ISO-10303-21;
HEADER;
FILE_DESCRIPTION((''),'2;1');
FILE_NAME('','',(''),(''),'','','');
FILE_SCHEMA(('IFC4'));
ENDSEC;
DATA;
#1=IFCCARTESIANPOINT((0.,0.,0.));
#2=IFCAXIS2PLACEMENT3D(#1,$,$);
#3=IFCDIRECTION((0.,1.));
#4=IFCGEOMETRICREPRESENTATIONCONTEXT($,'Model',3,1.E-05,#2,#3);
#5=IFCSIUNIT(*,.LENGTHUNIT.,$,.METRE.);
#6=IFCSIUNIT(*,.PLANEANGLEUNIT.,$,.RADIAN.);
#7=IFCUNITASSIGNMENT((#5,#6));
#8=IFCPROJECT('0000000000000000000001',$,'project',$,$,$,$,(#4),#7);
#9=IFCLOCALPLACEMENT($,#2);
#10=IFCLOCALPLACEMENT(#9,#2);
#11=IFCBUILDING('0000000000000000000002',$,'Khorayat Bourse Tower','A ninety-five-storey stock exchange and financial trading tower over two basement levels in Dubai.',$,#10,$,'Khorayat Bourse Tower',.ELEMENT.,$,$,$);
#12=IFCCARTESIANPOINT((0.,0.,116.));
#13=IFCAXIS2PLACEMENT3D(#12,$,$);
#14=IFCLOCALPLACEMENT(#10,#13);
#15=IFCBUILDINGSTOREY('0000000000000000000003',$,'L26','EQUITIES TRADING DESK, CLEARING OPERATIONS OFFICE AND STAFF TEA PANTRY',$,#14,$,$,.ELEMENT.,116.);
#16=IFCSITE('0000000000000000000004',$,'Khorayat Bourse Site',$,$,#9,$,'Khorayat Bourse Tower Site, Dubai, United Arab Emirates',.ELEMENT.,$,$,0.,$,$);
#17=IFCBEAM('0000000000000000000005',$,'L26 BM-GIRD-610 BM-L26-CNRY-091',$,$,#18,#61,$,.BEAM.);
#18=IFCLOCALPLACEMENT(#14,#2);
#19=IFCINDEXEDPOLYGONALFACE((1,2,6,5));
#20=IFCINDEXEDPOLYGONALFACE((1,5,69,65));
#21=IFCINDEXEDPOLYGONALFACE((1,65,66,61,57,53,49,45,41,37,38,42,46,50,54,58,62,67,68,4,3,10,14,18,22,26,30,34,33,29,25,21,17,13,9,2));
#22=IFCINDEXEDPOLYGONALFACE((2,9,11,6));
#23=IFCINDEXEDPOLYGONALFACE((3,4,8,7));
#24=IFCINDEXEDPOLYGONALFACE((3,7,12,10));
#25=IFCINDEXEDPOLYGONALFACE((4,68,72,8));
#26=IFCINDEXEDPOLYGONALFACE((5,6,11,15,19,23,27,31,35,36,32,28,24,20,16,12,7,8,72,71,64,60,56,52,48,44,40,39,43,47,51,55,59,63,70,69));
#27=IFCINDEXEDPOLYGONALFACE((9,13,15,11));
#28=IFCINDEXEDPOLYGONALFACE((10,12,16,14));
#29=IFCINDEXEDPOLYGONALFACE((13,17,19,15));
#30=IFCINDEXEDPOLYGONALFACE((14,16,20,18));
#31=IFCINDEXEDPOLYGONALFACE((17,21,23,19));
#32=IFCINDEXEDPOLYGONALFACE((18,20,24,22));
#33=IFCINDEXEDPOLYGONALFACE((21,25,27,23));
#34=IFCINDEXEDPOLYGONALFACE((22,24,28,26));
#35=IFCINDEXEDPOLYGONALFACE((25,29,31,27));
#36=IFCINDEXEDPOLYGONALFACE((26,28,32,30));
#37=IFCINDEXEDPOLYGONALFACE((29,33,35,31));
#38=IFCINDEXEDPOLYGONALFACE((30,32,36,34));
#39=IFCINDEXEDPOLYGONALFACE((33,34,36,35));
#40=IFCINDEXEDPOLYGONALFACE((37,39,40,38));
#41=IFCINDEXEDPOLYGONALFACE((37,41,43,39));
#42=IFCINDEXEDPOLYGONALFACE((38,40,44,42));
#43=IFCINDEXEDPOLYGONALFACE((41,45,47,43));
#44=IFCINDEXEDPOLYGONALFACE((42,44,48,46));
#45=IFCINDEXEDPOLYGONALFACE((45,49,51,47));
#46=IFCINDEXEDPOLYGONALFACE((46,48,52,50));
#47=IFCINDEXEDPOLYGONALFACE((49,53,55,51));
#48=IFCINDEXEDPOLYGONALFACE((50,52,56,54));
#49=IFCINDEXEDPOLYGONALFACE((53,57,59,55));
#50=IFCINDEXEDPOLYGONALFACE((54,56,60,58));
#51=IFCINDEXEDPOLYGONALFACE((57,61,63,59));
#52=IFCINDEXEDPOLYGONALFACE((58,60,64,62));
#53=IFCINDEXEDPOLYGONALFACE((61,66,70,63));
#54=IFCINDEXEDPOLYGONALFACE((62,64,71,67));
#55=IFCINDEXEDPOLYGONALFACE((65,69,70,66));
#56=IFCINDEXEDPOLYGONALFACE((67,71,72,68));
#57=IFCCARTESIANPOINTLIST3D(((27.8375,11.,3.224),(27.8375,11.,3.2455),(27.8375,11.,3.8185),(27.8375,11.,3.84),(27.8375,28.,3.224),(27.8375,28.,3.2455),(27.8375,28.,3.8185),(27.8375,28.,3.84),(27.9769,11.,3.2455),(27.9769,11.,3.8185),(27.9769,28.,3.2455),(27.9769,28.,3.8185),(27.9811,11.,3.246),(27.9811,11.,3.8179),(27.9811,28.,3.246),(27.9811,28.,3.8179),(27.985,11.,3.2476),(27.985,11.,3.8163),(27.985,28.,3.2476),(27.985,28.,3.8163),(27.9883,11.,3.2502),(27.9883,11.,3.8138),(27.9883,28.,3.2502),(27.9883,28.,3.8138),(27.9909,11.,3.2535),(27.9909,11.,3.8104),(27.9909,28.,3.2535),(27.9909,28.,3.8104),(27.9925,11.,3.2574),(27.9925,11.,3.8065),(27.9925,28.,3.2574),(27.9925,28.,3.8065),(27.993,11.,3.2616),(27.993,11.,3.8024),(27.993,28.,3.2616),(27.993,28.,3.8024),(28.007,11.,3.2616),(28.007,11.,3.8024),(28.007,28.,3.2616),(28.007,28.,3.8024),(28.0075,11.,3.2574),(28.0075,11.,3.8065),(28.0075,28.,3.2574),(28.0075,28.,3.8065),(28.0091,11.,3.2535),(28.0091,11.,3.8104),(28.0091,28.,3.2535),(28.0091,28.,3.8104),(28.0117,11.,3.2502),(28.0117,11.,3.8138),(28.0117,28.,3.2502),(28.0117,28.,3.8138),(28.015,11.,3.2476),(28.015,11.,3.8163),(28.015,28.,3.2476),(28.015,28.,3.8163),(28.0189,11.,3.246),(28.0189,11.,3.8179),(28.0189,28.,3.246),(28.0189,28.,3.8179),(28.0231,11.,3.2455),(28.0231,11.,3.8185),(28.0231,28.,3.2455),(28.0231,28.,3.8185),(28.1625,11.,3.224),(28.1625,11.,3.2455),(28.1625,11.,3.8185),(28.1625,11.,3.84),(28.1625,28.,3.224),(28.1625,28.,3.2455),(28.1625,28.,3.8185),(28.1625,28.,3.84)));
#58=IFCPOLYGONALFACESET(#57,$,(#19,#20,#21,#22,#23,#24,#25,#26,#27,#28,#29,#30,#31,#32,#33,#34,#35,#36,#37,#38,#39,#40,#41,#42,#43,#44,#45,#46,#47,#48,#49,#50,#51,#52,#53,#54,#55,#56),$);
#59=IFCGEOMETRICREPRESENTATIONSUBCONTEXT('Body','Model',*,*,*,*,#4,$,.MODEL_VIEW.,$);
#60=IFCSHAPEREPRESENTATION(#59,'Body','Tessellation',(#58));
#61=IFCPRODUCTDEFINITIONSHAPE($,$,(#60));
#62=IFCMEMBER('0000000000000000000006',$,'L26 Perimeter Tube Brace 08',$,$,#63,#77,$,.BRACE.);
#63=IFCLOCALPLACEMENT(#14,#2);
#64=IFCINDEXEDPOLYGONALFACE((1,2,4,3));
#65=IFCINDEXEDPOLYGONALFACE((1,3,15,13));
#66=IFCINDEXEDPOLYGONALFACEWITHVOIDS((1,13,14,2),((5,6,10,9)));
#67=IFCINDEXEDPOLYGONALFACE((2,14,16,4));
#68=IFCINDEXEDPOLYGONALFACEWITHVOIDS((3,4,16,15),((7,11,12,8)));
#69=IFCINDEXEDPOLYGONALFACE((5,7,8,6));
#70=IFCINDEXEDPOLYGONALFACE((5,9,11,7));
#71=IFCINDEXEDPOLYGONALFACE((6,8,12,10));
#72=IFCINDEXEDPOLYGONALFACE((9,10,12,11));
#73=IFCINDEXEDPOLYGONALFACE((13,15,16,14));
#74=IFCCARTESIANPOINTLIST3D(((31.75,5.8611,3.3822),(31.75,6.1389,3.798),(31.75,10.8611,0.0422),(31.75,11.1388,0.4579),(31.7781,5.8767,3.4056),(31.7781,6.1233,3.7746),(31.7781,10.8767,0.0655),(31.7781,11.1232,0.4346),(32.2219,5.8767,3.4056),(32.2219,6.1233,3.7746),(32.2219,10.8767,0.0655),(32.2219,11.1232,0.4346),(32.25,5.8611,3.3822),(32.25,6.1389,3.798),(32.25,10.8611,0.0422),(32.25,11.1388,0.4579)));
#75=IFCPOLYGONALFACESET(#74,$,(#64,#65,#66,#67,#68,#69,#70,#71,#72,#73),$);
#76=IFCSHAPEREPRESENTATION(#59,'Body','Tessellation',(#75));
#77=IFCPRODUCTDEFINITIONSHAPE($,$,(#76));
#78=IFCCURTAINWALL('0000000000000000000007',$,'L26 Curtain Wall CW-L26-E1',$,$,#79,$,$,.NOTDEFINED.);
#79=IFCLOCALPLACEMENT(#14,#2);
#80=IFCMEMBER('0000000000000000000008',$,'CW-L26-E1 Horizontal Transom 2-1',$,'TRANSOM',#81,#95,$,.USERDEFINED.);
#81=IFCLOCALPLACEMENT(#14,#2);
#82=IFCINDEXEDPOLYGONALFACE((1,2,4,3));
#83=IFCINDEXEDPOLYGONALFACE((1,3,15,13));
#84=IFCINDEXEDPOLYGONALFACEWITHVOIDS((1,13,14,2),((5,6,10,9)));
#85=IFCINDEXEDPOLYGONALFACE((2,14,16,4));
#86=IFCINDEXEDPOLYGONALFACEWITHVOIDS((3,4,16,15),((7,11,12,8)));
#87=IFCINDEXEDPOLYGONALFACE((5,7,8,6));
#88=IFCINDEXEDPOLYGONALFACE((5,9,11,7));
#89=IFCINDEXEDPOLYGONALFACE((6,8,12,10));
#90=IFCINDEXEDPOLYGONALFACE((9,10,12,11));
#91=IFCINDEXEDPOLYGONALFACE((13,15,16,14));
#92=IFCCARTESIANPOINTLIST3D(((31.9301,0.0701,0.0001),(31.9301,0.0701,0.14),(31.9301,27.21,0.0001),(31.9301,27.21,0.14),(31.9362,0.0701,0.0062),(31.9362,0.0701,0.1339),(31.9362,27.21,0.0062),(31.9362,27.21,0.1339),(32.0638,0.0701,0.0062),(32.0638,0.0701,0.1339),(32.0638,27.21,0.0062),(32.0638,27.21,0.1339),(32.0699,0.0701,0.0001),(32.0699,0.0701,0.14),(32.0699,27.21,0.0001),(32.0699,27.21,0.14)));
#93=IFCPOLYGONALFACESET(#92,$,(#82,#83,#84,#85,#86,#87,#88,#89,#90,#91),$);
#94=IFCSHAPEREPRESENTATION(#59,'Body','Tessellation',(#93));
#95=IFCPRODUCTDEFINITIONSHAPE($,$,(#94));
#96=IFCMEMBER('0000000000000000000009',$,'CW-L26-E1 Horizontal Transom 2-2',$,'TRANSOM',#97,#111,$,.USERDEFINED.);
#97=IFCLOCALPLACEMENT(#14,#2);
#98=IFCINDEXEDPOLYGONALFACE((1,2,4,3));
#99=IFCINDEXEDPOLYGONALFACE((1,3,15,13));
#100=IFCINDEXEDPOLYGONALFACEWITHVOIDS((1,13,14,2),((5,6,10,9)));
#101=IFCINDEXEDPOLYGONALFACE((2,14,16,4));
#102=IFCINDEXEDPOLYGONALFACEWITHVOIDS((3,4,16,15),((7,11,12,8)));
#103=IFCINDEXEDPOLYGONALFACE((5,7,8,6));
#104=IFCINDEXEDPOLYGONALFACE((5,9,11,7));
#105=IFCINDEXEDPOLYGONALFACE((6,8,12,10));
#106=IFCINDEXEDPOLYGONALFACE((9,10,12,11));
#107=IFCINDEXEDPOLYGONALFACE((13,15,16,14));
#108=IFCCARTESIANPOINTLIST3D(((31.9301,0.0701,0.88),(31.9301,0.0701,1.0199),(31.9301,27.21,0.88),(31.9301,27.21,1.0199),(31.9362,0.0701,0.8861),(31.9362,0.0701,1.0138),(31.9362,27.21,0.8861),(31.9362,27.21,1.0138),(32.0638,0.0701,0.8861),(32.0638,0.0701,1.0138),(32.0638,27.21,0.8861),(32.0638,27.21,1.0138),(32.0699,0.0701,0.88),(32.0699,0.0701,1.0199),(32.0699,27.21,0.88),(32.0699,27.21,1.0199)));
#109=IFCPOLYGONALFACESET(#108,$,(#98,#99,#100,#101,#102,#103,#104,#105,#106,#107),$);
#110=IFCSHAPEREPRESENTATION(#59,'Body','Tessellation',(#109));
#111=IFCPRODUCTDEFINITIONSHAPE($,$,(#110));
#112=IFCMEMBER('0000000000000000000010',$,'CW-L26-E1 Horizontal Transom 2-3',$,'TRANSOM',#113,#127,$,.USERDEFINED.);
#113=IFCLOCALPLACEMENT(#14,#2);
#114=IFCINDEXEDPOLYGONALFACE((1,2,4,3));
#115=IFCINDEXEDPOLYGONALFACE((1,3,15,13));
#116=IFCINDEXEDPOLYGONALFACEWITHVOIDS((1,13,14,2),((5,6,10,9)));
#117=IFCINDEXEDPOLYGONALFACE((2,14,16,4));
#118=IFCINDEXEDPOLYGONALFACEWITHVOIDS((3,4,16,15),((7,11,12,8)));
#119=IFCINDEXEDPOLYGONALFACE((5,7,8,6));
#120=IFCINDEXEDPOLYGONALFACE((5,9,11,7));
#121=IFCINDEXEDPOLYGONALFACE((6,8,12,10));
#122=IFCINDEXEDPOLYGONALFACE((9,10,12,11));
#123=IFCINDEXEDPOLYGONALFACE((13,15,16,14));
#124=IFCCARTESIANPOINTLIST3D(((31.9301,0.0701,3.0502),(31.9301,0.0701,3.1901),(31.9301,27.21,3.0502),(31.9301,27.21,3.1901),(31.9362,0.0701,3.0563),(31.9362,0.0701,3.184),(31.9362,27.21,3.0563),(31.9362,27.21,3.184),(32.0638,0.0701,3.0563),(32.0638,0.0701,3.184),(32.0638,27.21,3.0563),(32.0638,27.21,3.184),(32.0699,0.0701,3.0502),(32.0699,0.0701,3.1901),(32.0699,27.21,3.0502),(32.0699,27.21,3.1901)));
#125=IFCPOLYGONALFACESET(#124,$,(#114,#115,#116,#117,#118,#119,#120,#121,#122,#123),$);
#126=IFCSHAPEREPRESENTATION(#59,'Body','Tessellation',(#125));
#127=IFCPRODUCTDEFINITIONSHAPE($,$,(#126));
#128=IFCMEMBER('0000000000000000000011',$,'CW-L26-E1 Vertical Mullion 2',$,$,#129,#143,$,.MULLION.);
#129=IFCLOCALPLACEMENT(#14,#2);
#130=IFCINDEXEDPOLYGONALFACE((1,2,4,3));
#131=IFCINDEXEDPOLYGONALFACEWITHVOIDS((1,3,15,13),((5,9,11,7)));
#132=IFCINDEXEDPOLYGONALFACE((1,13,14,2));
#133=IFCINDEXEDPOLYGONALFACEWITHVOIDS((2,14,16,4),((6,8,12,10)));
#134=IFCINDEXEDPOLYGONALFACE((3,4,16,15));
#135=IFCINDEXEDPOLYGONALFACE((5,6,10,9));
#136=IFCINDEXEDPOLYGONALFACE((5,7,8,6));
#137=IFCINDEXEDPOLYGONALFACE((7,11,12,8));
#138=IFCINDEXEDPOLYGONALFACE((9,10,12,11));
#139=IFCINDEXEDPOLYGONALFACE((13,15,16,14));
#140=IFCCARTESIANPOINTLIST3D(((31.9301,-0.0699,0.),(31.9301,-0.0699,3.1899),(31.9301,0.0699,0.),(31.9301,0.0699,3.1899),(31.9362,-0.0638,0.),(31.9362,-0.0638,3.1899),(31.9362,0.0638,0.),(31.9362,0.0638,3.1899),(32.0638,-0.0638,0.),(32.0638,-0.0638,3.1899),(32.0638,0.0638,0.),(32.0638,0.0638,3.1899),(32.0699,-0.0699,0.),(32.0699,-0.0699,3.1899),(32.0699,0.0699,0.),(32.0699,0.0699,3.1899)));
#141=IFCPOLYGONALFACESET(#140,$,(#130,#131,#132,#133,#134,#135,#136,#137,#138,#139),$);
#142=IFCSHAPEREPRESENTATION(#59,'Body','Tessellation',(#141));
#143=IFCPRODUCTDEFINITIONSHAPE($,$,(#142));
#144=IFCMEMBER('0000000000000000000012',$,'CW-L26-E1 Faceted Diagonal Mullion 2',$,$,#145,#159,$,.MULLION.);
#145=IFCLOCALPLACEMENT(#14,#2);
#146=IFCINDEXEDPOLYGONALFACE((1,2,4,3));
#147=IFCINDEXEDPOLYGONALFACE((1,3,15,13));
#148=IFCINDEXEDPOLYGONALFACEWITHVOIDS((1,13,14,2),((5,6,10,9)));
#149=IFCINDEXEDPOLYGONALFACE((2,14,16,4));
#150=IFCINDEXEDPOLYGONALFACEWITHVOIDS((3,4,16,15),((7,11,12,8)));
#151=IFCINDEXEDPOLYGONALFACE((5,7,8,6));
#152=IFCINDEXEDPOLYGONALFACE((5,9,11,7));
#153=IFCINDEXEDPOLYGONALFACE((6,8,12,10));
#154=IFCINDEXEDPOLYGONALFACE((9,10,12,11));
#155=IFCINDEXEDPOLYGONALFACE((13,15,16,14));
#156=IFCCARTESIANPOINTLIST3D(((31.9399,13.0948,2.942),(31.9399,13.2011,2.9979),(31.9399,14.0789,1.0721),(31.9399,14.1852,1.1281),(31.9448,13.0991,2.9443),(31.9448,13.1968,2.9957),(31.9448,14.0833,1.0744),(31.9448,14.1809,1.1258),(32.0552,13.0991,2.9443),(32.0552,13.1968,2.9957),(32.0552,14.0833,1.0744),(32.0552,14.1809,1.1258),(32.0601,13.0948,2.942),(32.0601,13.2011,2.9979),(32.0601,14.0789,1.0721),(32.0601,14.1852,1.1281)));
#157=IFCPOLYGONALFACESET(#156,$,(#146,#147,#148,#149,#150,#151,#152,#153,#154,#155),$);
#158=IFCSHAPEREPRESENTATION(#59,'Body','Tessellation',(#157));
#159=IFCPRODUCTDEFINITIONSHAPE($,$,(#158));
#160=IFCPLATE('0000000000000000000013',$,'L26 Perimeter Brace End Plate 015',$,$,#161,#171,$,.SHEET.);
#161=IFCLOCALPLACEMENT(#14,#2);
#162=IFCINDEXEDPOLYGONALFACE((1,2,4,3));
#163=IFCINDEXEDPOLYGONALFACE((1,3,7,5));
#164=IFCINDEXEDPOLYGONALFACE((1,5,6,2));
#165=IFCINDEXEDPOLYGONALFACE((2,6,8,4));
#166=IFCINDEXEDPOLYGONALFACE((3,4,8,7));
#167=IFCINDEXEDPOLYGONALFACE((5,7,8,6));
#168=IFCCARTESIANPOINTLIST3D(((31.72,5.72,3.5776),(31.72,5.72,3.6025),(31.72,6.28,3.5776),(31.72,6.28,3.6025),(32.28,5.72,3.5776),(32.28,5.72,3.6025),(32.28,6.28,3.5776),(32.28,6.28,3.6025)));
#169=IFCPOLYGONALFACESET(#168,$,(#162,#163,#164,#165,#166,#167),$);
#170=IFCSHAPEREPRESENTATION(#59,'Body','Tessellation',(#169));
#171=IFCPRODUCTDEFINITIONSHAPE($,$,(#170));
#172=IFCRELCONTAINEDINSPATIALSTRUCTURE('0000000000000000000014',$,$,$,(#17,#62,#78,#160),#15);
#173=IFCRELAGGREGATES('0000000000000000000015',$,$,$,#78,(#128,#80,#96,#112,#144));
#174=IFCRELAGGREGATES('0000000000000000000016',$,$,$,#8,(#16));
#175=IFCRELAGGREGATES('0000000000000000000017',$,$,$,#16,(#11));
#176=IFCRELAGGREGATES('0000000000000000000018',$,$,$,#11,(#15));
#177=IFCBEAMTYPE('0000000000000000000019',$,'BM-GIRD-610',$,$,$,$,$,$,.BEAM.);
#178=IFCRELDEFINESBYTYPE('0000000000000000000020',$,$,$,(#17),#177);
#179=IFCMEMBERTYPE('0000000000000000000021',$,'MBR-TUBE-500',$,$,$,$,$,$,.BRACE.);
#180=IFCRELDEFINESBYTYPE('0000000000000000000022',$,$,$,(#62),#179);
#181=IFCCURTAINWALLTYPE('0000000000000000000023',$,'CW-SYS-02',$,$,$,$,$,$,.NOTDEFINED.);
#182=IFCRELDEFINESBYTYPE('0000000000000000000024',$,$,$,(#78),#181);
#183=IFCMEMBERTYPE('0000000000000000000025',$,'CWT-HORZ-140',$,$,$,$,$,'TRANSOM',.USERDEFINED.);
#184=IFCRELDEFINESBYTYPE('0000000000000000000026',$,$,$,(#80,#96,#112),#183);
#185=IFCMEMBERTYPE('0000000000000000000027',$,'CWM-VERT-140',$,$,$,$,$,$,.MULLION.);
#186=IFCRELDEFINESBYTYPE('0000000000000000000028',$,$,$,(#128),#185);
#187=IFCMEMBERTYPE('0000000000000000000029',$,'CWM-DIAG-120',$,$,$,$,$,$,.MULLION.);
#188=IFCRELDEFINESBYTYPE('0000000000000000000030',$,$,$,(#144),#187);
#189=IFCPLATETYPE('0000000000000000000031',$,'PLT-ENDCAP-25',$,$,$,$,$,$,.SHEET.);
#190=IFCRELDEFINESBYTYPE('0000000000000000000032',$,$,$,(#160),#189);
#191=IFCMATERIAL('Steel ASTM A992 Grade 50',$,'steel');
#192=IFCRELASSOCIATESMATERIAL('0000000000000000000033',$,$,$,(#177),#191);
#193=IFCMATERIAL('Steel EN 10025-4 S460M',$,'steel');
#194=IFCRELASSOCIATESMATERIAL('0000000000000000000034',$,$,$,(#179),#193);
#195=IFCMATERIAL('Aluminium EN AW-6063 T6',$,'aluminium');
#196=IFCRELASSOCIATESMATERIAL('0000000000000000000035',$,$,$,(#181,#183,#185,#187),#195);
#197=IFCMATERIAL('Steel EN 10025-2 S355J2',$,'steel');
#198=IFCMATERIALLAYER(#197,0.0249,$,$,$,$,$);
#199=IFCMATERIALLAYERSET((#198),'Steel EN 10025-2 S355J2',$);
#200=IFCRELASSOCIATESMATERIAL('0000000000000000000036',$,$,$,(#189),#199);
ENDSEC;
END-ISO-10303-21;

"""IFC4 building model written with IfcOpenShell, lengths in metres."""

from ifc_helpers import new_model, si_unit, direction, frame, origin, origin_2d, place, context, subcontext, project, spatial, rectangle, hollow_rectangle, i_section, extrude, source, transform, mapped, material, layer, layer_set, material_profile, profile_set, type_object, element, aggregate, save


model = new_model("IFC4")

# Units and contexts
model_context = context("Model", 3, precision=1e-05, world=origin(), true_north=direction((0.0, 1.0)))
body_context = subcontext(model_context, "Body", "Model", "MODEL_VIEW")
ifc_project = project(units=[si_unit("LENGTHUNIT", "METRE"), si_unit("PLANEANGLEUNIT", "RADIAN")], contexts=[model_context])

# Site, building, storey
site_placement = place(None, origin())
site = spatial("IfcSite", under=ifc_project, at=site_placement, Name="Khorayat Bourse Site", LongName="Khorayat Bourse Tower Site, Dubai, United Arab Emirates", CompositionType="ELEMENT", RefElevation=0.0)
building_placement = place(site_placement, origin())
building = spatial("IfcBuilding", under=site, at=building_placement, Name="Khorayat Bourse Tower", Description="A ninety-five-storey stock exchange and financial trading tower over two basement levels in Dubai.", LongName="Khorayat Bourse Tower", CompositionType="ELEMENT")
storey_placement = place(building_placement, frame((0.0, 0.0, 116.0)))
storey = spatial("IfcBuildingStorey", under=building, at=storey_placement, Name="L26", Description="EQUITIES TRADING DESK, CLEARING OPERATIONS OFFICE AND STAFF TEA PANTRY", CompositionType="ELEMENT", Elevation=116.0)

# Shared definitions
ifc_material_1 = material(Name="Steel EN 10025-4 S460M", Category="steel")

# Beam
ifc_material_2 = material(Name="Steel ASTM A992 Grade 50", Category="steel")
ifc_material_profile_1 = material_profile(ifc_material_2, i_section(OverallWidth=0.325, OverallDepth=0.616, WebThickness=0.0139, FlangeThickness=0.0215, FilletRadius=0.0161, at=origin_2d()), Name="W610X174")
ifc_profile_set_1 = profile_set([ifc_material_profile_1], Name="Steel ASTM A992 Grade 50")
beam_type_1 = type_object("IfcBeamType", Name="BM-GIRD-610", PredefinedType="BEAM", material=ifc_profile_set_1)
shared_shape_1 = source(origin(), body_context, "Body", "SweptSolid", [
    extrude(i_section(OverallWidth=0.325, OverallDepth=0.616, WebThickness=0.0139, FlangeThickness=0.0215, FilletRadius=0.0161, at=origin_2d()), origin(), (0.0, 0.0, 1.0), 17.0),
])
beam_1_placement = place(storey_placement, frame((28.0, 11.0, 3.532), z_axis=(0.0, 1.0, 0.0), x_axis=(-1.0, 0.0, 0.0)))
element("IfcBeam", 1, at=beam_1_placement, inside=storey, type_object=beam_type_1, Name="L26 BM-GIRD-610 BM-L26-CNRY-091", PredefinedType="BEAM", context=body_context, shape_type="MappedRepresentation", body=[
    mapped(shared_shape_1, transform((0.0, 0.0, 0.0), scale=1.0)),
])

# Member
ifc_material_profile_2 = material_profile(ifc_material_1, hollow_rectangle(XDim=0.5, YDim=0.5, WallThickness=0.0281, at=origin_2d()), Name="HSS 500x500x28")
ifc_profile_set_2 = profile_set([ifc_material_profile_2], Name="Steel EN 10025-4 S460M")
member_type_1 = type_object("IfcMemberType", Name="MBR-TUBE-500", PredefinedType="BRACE", material=ifc_profile_set_2)
shared_shape_2 = source(origin(), body_context, "Body", "SweptSolid", [
    extrude(hollow_rectangle(XDim=0.5, YDim=0.5, WallThickness=0.0281, at=origin_2d()), origin(), (0.0, 0.0, 1.0), 6.0129),
])
member_1_placement = place(storey_placement, frame((32.0, 6.0, 3.5901), z_axis=(0.0, 0.831531, -0.555478), x_axis=(-1.0, 0.0, 0.0)))
element("IfcMember", 2, at=member_1_placement, inside=storey, type_object=member_type_1, Name="L26 Perimeter Tube Brace 08", PredefinedType="BRACE", context=body_context, shape_type="MappedRepresentation", body=[
    mapped(shared_shape_2, transform((0.0, 0.0, 0.0), scale=1.0)),
])

# Curtain wall, members
ifc_material_3 = material(Name="Aluminium EN AW-6063 T6", Category="aluminium")
curtain_wall_type = type_object("IfcCurtainWallType", Name="CW-SYS-02", PredefinedType="NOTDEFINED", material=ifc_material_3)
curtain_wall_placement = place(storey_placement, origin())
curtain_wall = element("IfcCurtainWall", 3, at=curtain_wall_placement, inside=storey, type_object=curtain_wall_type, Name="L26 Curtain Wall CW-L26-E1", PredefinedType="NOTDEFINED")
ifc_material_profile_3 = material_profile(ifc_material_3, hollow_rectangle(XDim=0.1399, YDim=0.1399, WallThickness=0.0061, at=origin_2d()), Name="ALU 140x140x6")
ifc_profile_set_3 = profile_set([ifc_material_profile_3], Name="Aluminium EN AW-6063 T6")
member_type_2 = type_object("IfcMemberType", Name="CWT-HORZ-140", ElementType="TRANSOM", PredefinedType="USERDEFINED", material=ifc_profile_set_3)
shared_shape_3 = source(origin(), body_context, "Body", "SweptSolid", [
    extrude(hollow_rectangle(XDim=0.1399, YDim=0.1399, WallThickness=0.0061, at=origin_2d()), origin(), (0.0, 0.0, 1.0), 27.1399),
])
member_2_placement = place(storey_placement, frame((32.0, 0.0701, 0.0701), z_axis=(0.0, 1.0, 0.0), x_axis=(-1.0, 0.0, 0.0)))
member_2 = element("IfcMember", 4, at=member_2_placement, type_object=member_type_2, Name="CW-L26-E1 Horizontal Transom 2-1", ObjectType="TRANSOM", PredefinedType="USERDEFINED", context=body_context, shape_type="MappedRepresentation", body=[
    mapped(shared_shape_3, transform((0.0, 0.0, 0.0), scale=1.0)),
])
member_3_placement = place(storey_placement, frame((32.0, 0.0701, 0.95), z_axis=(0.0, 1.0, 0.0), x_axis=(-1.0, 0.0, 0.0)))
member_3 = element("IfcMember", 5, at=member_3_placement, type_object=member_type_2, Name="CW-L26-E1 Horizontal Transom 2-2", ObjectType="TRANSOM", PredefinedType="USERDEFINED", context=body_context, shape_type="MappedRepresentation", body=[
    mapped(shared_shape_3, transform((0.0, 0.0, 0.0), scale=1.0)),
])
member_4_placement = place(storey_placement, frame((32.0, 0.0701, 3.1201), z_axis=(0.0, 1.0, 0.0), x_axis=(-1.0, 0.0, 0.0)))
member_4 = element("IfcMember", 6, at=member_4_placement, type_object=member_type_2, Name="CW-L26-E1 Horizontal Transom 2-3", ObjectType="TRANSOM", PredefinedType="USERDEFINED", context=body_context, shape_type="MappedRepresentation", body=[
    mapped(shared_shape_3, transform((0.0, 0.0, 0.0), scale=1.0)),
])
ifc_material_profile_4 = material_profile(ifc_material_3, hollow_rectangle(XDim=0.1399, YDim=0.1399, WallThickness=0.0061, at=origin_2d()), Name="ALU 140x140x6")
ifc_profile_set_4 = profile_set([ifc_material_profile_4], Name="Aluminium EN AW-6063 T6")
member_type_3 = type_object("IfcMemberType", Name="CWM-VERT-140", PredefinedType="MULLION", material=ifc_profile_set_4)
shared_shape_4 = source(origin(), body_context, "Body", "SweptSolid", [
    extrude(hollow_rectangle(XDim=0.1399, YDim=0.1399, WallThickness=0.0061, at=origin_2d()), origin(), (0.0, 0.0, 1.0), 3.1899),
])
member_5_placement = place(storey_placement, frame((32.0, 0.0, 0.0), z_axis=(0.0, 0.0, 1.0), x_axis=(-1.0, 0.0, 0.0)))
member_5 = element("IfcMember", 7, at=member_5_placement, type_object=member_type_3, Name="CW-L26-E1 Vertical Mullion 2", PredefinedType="MULLION", context=body_context, shape_type="MappedRepresentation", body=[
    mapped(shared_shape_4, transform((0.0, 0.0, 0.0), scale=1.0)),
])
ifc_material_profile_5 = material_profile(ifc_material_3, hollow_rectangle(XDim=0.1201, YDim=0.1201, WallThickness=0.0049, at=origin_2d()), Name="ALU 120x120x5")
ifc_profile_set_5 = profile_set([ifc_material_profile_5], Name="Aluminium EN AW-6063 T6")
member_type_4 = type_object("IfcMemberType", Name="CWM-DIAG-120", PredefinedType="MULLION", material=ifc_profile_set_5)
shared_shape_5 = source(origin(), body_context, "Body", "SweptSolid", [
    extrude(hollow_rectangle(XDim=0.1201, YDim=0.1201, WallThickness=0.0049, at=origin_2d()), origin(), (0.0, 0.0, 1.0), 2.113),
])
member_6_placement = place(storey_placement, frame((32.0, 14.1321, 1.1001), z_axis=(0.0, -0.465742, 0.884921), x_axis=(1.0, 0.0, 0.0)))
member_6 = element("IfcMember", 8, at=member_6_placement, type_object=member_type_4, Name="CW-L26-E1 Faceted Diagonal Mullion 2", PredefinedType="MULLION", context=body_context, shape_type="MappedRepresentation", body=[
    mapped(shared_shape_5, transform((0.0, 0.0, 0.0), scale=1.0)),
])

# Plate
ifc_material_4 = material(Name="Steel EN 10025-2 S355J2", Category="steel")
ifc_layer_1 = layer(ifc_material_4, 0.0249)
ifc_layer_set_1 = layer_set([ifc_layer_1], Name="Steel EN 10025-2 S355J2")
plate_type_1 = type_object("IfcPlateType", Name="PLT-ENDCAP-25", PredefinedType="SHEET", material=ifc_layer_set_1)
shared_shape_6 = source(origin(), body_context, "Body", "SweptSolid", [
    extrude(rectangle(XDim=0.5601, YDim=0.5601, at=origin_2d()), origin(), (0.0, 0.0, 1.0), 0.0249),
])
for number, where, z_axis, x_axis, name in (
    (9, (32.0, 6.0, 3.5776), (0.0, 0.0, 1.0), (1.0, 0.0, 0.0), "L26 Perimeter Brace End Plate 015"),
):
    element("IfcPlate", number, at=place(storey_placement, frame(where, z_axis=z_axis, x_axis=x_axis)), inside=storey, type_object=plate_type_1, Name=name, PredefinedType="SHEET", context=body_context, shape_type="MappedRepresentation", body=[
        mapped(shared_shape_6, transform((0.0, 0.0, 0.0), scale=1.0)),
    ])

aggregate(curtain_wall, [member_5, member_2, member_3, member_4, member_6])

save(model, "model.ifc")
